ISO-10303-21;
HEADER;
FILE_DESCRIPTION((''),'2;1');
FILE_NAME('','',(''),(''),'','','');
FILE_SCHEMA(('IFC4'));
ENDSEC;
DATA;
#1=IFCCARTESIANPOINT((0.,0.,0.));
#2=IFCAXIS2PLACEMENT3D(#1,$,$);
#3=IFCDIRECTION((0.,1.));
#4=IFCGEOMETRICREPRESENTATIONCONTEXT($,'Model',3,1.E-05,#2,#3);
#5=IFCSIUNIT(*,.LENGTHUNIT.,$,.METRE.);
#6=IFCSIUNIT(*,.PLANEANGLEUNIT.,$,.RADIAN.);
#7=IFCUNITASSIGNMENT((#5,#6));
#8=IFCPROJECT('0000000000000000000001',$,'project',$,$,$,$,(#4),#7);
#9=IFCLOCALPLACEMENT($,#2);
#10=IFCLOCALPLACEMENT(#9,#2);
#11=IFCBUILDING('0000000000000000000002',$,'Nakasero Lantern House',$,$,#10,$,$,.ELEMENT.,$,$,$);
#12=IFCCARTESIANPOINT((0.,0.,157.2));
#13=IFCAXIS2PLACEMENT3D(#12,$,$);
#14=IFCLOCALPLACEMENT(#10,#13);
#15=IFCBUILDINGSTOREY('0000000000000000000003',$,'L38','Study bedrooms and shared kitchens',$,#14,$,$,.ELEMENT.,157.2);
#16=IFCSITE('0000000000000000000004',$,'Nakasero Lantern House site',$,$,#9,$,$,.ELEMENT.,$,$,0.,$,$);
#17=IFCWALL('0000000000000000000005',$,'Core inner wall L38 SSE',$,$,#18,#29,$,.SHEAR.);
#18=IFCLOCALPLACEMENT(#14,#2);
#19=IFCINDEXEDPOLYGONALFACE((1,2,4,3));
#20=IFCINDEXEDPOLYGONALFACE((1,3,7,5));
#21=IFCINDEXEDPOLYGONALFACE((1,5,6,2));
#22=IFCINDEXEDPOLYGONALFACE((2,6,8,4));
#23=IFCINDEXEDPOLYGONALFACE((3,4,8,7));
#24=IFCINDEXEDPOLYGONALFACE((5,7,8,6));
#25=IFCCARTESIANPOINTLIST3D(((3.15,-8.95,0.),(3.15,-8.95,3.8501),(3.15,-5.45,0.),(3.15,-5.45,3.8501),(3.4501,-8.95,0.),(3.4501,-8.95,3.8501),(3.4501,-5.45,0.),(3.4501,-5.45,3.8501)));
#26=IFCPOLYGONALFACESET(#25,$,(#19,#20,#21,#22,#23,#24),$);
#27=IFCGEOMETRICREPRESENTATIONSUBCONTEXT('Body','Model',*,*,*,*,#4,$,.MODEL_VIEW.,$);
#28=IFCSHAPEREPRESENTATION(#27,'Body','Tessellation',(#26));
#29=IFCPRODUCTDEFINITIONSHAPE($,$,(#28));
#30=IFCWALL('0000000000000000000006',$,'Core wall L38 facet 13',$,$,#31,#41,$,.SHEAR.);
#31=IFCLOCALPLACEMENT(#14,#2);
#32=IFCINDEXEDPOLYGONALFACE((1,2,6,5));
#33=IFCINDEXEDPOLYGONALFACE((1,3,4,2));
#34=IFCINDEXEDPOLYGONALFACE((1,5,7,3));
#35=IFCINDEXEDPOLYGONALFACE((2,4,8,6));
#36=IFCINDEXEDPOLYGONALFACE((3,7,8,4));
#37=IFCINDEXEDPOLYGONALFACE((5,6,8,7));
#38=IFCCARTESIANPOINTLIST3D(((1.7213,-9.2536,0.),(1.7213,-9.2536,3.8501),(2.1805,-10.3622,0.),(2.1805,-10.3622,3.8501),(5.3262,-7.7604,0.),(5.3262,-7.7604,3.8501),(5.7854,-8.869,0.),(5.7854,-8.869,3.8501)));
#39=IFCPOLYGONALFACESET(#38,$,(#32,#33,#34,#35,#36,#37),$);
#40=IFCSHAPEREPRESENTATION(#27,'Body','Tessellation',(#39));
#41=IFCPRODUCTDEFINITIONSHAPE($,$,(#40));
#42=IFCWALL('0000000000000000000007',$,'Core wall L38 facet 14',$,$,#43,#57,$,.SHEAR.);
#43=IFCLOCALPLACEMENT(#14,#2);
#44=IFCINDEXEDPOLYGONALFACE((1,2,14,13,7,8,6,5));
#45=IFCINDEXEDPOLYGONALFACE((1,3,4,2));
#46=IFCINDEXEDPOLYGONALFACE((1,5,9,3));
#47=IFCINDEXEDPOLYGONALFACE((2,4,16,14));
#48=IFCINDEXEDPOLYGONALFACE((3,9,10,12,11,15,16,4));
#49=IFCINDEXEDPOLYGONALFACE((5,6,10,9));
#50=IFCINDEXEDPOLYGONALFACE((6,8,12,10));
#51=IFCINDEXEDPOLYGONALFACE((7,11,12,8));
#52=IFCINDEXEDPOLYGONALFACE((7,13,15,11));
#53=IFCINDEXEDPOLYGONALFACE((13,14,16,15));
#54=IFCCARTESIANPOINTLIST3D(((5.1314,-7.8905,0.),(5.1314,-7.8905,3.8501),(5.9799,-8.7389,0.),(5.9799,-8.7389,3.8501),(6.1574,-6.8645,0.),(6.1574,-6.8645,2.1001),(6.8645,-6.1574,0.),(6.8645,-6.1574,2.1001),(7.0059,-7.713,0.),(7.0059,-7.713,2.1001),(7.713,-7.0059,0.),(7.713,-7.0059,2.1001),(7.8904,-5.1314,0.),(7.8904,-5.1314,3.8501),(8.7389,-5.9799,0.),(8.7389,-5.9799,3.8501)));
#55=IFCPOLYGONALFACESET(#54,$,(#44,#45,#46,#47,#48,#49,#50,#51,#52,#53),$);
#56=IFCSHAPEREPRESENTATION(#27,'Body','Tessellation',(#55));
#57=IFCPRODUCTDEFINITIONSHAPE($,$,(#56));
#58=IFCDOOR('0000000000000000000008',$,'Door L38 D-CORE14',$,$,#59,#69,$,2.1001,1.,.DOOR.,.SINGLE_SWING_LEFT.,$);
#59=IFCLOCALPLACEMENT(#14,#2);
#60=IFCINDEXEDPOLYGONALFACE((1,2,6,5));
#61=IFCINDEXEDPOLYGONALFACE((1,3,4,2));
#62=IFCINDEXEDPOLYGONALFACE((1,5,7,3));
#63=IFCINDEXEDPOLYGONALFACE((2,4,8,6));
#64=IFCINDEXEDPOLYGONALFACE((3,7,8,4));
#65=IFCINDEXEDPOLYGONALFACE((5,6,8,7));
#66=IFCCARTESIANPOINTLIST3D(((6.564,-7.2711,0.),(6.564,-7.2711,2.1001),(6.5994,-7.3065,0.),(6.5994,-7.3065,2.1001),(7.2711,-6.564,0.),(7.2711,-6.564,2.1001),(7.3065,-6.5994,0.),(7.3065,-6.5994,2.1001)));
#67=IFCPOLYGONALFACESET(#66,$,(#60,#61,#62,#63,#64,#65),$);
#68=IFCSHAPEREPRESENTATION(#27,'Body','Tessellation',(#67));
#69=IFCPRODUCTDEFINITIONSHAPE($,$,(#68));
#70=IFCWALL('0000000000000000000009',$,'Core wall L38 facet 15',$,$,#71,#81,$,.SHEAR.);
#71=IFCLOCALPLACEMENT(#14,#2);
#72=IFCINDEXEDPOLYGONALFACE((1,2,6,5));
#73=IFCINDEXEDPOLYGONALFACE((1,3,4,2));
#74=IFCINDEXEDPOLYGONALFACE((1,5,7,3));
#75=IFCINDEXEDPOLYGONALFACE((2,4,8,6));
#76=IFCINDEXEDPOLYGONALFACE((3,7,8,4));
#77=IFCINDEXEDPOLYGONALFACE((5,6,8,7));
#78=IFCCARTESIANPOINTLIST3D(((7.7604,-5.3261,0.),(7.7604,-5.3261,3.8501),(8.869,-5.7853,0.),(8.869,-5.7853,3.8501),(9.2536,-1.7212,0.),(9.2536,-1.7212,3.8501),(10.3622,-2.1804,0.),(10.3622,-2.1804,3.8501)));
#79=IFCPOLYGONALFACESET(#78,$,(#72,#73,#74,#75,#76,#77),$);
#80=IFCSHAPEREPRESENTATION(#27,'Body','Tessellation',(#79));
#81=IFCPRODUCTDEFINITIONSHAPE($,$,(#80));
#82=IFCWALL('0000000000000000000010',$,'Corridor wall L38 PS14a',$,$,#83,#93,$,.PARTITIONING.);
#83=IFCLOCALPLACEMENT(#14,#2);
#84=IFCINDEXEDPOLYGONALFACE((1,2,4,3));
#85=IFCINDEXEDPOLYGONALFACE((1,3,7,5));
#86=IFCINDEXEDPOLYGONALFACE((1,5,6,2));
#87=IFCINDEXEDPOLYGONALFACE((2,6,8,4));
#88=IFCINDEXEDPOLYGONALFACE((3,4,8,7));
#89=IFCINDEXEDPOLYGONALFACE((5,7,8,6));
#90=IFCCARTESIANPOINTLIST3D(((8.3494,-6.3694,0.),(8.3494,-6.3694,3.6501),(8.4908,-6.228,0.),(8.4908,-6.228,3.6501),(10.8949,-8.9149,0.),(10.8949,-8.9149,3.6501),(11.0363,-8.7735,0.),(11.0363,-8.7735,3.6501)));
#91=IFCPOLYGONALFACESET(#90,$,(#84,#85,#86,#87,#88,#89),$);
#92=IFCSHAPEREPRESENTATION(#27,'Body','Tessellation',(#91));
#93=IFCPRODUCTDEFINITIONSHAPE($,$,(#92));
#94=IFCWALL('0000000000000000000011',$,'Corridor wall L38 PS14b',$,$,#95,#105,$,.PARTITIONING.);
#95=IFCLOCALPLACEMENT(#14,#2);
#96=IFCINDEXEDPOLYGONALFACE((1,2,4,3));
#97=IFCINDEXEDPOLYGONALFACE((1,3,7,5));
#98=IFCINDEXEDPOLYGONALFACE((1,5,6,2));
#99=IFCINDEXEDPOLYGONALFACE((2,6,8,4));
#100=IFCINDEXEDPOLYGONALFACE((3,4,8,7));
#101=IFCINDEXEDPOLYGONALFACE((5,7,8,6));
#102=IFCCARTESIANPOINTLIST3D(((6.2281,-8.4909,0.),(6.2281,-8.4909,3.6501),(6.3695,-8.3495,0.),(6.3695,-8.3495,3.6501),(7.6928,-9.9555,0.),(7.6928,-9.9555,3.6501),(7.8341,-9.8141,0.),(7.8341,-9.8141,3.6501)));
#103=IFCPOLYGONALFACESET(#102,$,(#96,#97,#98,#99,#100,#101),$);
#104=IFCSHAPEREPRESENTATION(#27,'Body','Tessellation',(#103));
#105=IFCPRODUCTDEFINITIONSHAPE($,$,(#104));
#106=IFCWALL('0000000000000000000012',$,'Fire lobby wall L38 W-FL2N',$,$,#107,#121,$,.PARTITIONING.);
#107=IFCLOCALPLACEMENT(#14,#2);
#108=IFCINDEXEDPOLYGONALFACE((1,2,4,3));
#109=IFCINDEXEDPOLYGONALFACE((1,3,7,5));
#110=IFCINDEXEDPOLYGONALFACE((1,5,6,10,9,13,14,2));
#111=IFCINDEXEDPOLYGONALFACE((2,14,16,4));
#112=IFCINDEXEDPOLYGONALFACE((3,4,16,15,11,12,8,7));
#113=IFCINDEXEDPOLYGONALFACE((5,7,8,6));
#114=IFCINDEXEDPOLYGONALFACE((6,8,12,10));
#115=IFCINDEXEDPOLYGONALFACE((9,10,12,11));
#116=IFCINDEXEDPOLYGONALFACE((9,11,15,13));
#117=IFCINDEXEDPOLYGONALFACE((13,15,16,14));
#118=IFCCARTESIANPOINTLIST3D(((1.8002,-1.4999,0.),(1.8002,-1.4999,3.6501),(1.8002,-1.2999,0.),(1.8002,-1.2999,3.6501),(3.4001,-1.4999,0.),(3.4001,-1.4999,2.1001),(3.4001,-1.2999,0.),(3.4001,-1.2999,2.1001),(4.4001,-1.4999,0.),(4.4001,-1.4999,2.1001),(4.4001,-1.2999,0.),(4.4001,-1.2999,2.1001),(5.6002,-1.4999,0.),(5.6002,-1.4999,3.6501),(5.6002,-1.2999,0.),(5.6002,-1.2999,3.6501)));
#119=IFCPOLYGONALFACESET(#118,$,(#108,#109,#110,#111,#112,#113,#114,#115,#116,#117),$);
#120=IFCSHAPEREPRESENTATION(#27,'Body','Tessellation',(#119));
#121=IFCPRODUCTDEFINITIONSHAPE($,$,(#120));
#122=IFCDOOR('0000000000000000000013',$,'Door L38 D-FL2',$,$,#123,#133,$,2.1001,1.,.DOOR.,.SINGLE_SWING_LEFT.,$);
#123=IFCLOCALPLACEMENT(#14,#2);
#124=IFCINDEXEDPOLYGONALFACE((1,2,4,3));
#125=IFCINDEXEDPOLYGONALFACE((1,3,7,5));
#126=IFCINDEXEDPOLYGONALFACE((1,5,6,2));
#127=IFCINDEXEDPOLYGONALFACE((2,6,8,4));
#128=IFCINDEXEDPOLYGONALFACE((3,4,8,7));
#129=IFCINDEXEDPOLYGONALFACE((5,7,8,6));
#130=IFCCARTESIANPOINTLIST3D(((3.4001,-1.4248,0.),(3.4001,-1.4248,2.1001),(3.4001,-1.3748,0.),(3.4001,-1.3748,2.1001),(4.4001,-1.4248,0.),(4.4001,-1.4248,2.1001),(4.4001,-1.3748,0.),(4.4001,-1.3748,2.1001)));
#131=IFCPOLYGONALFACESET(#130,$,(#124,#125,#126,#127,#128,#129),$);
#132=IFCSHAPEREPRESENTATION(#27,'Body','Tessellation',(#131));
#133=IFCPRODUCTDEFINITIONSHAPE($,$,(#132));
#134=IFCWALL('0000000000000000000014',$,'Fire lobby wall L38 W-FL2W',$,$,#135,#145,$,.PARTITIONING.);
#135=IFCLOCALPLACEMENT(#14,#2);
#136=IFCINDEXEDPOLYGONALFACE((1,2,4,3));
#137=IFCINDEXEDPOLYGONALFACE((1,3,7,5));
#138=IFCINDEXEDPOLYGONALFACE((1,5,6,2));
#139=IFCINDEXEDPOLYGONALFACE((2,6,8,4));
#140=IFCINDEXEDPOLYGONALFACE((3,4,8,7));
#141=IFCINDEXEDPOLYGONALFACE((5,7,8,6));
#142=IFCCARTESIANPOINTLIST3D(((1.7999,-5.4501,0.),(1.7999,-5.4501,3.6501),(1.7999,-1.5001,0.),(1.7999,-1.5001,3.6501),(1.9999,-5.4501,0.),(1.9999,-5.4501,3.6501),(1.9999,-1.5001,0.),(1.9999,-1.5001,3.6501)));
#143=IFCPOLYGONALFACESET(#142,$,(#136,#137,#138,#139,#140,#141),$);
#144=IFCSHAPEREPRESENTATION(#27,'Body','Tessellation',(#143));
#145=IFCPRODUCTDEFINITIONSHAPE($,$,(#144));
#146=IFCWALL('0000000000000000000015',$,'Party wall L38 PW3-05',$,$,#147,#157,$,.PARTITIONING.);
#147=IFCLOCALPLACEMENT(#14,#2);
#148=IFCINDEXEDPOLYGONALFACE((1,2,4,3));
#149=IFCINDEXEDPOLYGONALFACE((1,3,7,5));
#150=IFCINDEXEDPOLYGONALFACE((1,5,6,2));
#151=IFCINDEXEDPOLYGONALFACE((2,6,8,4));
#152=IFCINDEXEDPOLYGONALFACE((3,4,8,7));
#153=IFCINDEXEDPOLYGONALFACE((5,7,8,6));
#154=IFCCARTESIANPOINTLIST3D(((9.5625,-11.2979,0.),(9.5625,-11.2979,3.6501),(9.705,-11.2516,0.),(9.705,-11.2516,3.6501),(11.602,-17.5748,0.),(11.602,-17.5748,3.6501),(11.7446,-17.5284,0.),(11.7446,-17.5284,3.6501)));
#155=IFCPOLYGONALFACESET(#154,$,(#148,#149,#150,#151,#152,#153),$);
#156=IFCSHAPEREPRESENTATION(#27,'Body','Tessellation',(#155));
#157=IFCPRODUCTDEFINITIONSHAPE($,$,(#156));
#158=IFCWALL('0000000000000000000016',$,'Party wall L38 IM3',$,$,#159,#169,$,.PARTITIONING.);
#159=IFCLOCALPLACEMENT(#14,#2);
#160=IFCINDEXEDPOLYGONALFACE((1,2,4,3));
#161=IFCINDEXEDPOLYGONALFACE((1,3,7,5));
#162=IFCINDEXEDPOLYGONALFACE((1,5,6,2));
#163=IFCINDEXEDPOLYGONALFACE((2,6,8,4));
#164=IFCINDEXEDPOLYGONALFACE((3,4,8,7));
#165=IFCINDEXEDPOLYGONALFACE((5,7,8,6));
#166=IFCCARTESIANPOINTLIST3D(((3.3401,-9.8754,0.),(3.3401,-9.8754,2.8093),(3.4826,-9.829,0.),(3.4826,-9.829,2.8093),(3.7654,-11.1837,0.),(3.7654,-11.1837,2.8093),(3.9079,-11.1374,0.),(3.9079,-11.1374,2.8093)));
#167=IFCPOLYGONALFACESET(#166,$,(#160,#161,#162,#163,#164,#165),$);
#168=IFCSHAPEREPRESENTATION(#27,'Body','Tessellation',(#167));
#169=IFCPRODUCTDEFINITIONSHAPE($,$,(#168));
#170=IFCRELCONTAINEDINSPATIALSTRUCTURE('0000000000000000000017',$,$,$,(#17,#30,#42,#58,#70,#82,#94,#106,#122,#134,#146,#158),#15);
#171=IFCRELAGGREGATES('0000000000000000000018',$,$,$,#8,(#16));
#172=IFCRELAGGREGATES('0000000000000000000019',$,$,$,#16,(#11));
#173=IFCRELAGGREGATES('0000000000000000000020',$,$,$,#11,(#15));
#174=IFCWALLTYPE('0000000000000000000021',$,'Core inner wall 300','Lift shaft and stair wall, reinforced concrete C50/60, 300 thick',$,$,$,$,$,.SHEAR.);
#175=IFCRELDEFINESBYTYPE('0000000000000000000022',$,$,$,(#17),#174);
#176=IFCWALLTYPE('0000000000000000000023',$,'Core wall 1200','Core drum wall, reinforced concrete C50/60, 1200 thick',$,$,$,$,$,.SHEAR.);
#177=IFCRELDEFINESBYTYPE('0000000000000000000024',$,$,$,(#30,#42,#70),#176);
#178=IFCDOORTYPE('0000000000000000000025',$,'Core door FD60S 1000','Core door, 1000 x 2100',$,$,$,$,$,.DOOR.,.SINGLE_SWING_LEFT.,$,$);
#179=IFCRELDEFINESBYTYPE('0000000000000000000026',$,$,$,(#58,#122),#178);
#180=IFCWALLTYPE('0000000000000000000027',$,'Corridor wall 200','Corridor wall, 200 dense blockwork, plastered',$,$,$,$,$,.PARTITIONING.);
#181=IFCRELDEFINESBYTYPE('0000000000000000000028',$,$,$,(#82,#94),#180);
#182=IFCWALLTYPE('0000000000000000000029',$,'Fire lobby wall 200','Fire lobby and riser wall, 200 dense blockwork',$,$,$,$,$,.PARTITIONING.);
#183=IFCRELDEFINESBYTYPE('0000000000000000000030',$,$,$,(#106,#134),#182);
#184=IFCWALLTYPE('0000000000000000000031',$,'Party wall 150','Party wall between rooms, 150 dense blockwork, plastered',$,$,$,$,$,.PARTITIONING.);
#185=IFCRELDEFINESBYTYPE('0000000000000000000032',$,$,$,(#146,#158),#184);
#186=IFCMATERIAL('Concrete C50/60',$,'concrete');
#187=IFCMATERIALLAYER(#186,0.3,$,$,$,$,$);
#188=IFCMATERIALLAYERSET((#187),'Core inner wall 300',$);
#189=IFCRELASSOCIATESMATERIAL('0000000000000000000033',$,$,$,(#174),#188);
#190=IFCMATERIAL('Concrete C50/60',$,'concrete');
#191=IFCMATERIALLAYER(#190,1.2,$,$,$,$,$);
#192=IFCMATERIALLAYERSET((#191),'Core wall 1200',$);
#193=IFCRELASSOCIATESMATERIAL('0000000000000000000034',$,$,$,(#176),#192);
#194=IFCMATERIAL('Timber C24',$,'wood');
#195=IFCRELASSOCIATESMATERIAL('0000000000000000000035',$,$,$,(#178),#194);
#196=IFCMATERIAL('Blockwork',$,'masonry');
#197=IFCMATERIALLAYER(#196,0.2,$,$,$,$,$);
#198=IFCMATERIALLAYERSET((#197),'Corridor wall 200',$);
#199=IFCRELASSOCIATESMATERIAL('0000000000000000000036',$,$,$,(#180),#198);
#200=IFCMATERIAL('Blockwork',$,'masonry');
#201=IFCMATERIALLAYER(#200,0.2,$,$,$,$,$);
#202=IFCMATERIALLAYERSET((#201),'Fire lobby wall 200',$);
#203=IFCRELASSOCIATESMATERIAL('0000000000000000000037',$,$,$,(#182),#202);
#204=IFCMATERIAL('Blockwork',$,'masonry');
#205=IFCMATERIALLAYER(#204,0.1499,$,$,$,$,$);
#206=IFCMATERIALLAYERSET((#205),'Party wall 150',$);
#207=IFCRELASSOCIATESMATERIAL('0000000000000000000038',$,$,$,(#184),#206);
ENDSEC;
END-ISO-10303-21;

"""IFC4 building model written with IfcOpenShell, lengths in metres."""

from ifc_helpers import new_model, si_unit, direction, frame, frame_2d, origin, place, context, subcontext, project, spatial, rectangle, extrude, material, layer, layer_set, type_object, element, fill, save


model = new_model("IFC4")

# Units and contexts
model_context = context("Model", 3, precision=1e-05, world=origin(), true_north=direction((0.0, 1.0)))
body_context = subcontext(model_context, "Body", "Model", "MODEL_VIEW")
ifc_project = project(units=[si_unit("LENGTHUNIT", "METRE"), si_unit("PLANEANGLEUNIT", "RADIAN")], contexts=[model_context])

# Site, building, storey
site_placement = place(None, origin())
site = spatial("IfcSite", under=ifc_project, at=site_placement, Name="Nakasero Lantern House site", CompositionType="ELEMENT", RefElevation=0.0)
building_placement = place(site_placement, origin())
building = spatial("IfcBuilding", under=site, at=building_placement, Name="Nakasero Lantern House", CompositionType="ELEMENT")
storey_placement = place(building_placement, frame((0.0, 0.0, 157.2)))
storey = spatial("IfcBuildingStorey", under=building, at=storey_placement, Name="L38", Description="Study bedrooms and shared kitchens", CompositionType="ELEMENT", Elevation=157.2)

# Shared definitions
ifc_material_1 = material(Name="Concrete C50/60", Category="concrete")
ifc_layer_1 = layer(ifc_material_1, 0.3)
ifc_layer_set_1 = layer_set([ifc_layer_1], Name="Core inner wall 300")
wall_type_1 = type_object("IfcWallType", Name="Core inner wall 300", Description="Lift shaft and stair wall, reinforced concrete C50/60, 300 thick", PredefinedType="SHEAR", material=ifc_layer_set_1)

# Walls
wall_1_placement = place(storey_placement, frame((3.3, -5.45, 0.0), z_axis=(0.0, 0.0, 1.0), x_axis=(0.0, -1.0, 0.0)))
element("IfcWall", 1, at=wall_1_placement, inside=storey, type_object=wall_type_1, Name="Core inner wall L38 SSE", PredefinedType="SHEAR", context=body_context, shape_type="SweptSolid", body=[
    extrude(rectangle(XDim=3.5, YDim=0.3, at=frame_2d((1.75, 0.0))), origin(), (0.0, 0.0, 1.0), 3.8501),
])
ifc_material_2 = material(Name="Concrete C50/60", Category="concrete")
ifc_layer_2 = layer(ifc_material_2, 1.2)
ifc_layer_set_2 = layer_set([ifc_layer_2], Name="Core wall 1200")
wall_type_2 = type_object("IfcWallType", Name="Core wall 1200", Description="Core drum wall, reinforced concrete C50/60, 1200 thick", PredefinedType="SHEAR", material=ifc_layer_set_2)
wall_2_placement = place(storey_placement, frame((1.9509, -9.8079, 0.0), z_axis=(0.0, 0.0, 1.0), x_axis=(0.923877, 0.382691, 0.0)))
element("IfcWall", 2, at=wall_2_placement, inside=storey, type_object=wall_type_2, Name="Core wall L38 facet 13", PredefinedType="SHEAR", context=body_context, shape_type="SweptSolid", body=[
    extrude(rectangle(XDim=3.9019, YDim=1.2, at=frame_2d((1.9509, 0.0))), origin(), (0.0, 0.0, 1.0), 3.8501),
])

# Wall, opening, door
wall_3_placement = place(storey_placement, frame((5.5557, -8.3147, 0.0), z_axis=(0.0, 0.0, 1.0), x_axis=(0.707107, 0.707107, 0.0)))
wall_3 = element("IfcWall", 3, at=wall_3_placement, inside=storey, type_object=wall_type_2, Name="Core wall L38 facet 14", PredefinedType="SHEAR", context=body_context, shape_type="SweptSolid", body=[
    extrude(rectangle(XDim=3.9019, YDim=1.2, at=frame_2d((1.9509, 0.0))), origin(), (0.0, 0.0, 1.0), 3.8501),
])
opening_1_placement = place(wall_3_placement, frame((1.4509, 0.0, 0.0)))
opening_1 = element("IfcOpeningElement", 4, at=opening_1_placement, cuts=wall_3, PredefinedType="OPENING", context=body_context, shape_type="SweptSolid", body=[
    extrude(rectangle(XDim=1.0, YDim=2.1001, at=frame_2d((0.5, 1.05))), frame((0.0, 0.6199, 0.0), z_axis=(0.0, -1.0, 0.0), x_axis=(1.0, 0.0, 0.0)), (0.0, 0.0, 1.0), 1.24),
])
ifc_material_3 = material(Name="Timber C24", Category="wood")
door_type_1 = type_object("IfcDoorType", Name="Core door FD60S 1000", Description="Core door, 1000 x 2100", OperationType="SINGLE_SWING_LEFT", PredefinedType="DOOR", material=ifc_material_3)
door_1_placement = place(opening_1_placement, origin())
door_1 = element("IfcDoor", 5, at=door_1_placement, inside=storey, type_object=door_type_1, Name="Door L38 D-CORE14", OperationType="SINGLE_SWING_LEFT", OverallHeight=2.1001, OverallWidth=1.0, PredefinedType="DOOR", context=body_context, shape_type="SweptSolid", body=[
    extrude(rectangle(XDim=1.0, YDim=2.1001, at=frame_2d((0.5, 1.05))), frame((0.0, 0.0249, 0.0), z_axis=(0.0, -1.0, 0.0), x_axis=(1.0, 0.0, 0.0)), (0.0, 0.0, 1.0), 0.05),
])
fill(opening_1, door_1)

# Walls
wall_4_placement = place(storey_placement, frame((8.3147, -5.5557, 0.0), z_axis=(0.0, 0.0, 1.0), x_axis=(0.382691, 0.923877, 0.0)))
element("IfcWall", 6, at=wall_4_placement, inside=storey, type_object=wall_type_2, Name="Core wall L38 facet 15", PredefinedType="SHEAR", context=body_context, shape_type="SweptSolid", body=[
    extrude(rectangle(XDim=3.9019, YDim=1.2, at=frame_2d((1.9509, 0.0))), origin(), (0.0, 0.0, 1.0), 3.8501),
])
ifc_material_4 = material(Name="Blockwork", Category="masonry")
ifc_layer_3 = layer(ifc_material_4, 0.2)
ifc_layer_set_3 = layer_set([ifc_layer_3], Name="Corridor wall 200")
wall_type_3 = type_object("IfcWallType", Name="Corridor wall 200", Description="Corridor wall, 200 dense blockwork, plastered", PredefinedType="PARTITIONING", material=ifc_layer_set_3)
wall_5_placement = place(storey_placement, frame((8.4202, -6.2988, 0.0), z_axis=(0.0, 0.0, 1.0), x_axis=(0.707107, -0.707107, 0.0)))
element("IfcWall", 7, at=wall_5_placement, inside=storey, type_object=wall_type_3, Name="Corridor wall L38 PS14a", PredefinedType="PARTITIONING", context=body_context, shape_type="SweptSolid", body=[
    extrude(rectangle(XDim=3.5999, YDim=0.2, at=frame_2d((1.7998, 0.0))), origin(), (0.0, 0.0, 1.0), 3.6501),
])
wall_6_placement = place(storey_placement, frame((6.2988, -8.4202, 0.0), z_axis=(0.0, 0.0, 1.0), x_axis=(0.707107, -0.707107, 0.0)))
element("IfcWall", 8, at=wall_6_placement, inside=storey, type_object=wall_type_3, Name="Corridor wall L38 PS14b", PredefinedType="PARTITIONING", context=body_context, shape_type="SweptSolid", body=[
    extrude(rectangle(XDim=2.0713, YDim=0.2, at=frame_2d((1.0356, 0.0))), origin(), (0.0, 0.0, 1.0), 3.6501),
])

# Wall, opening, door
ifc_material_5 = material(Name="Blockwork", Category="masonry")
ifc_layer_4 = layer(ifc_material_5, 0.2)
ifc_layer_set_4 = layer_set([ifc_layer_4], Name="Fire lobby wall 200")
wall_type_4 = type_object("IfcWallType", Name="Fire lobby wall 200", Description="Fire lobby and riser wall, 200 dense blockwork", PredefinedType="PARTITIONING", material=ifc_layer_set_4)
wall_7_placement = place(storey_placement, frame((5.6001, -1.3999, 0.0), z_axis=(0.0, 0.0, 1.0), x_axis=(-1.0, 0.0, 0.0)))
wall_7 = element("IfcWall", 9, at=wall_7_placement, inside=storey, type_object=wall_type_4, Name="Fire lobby wall L38 W-FL2N", PredefinedType="PARTITIONING", context=body_context, shape_type="SweptSolid", body=[
    extrude(rectangle(XDim=3.8, YDim=0.2, at=frame_2d((1.8999, 0.0))), origin(), (0.0, 0.0, 1.0), 3.6501),
])
opening_2_placement = place(wall_7_placement, frame((1.2, 0.0, 0.0)))
opening_2 = element("IfcOpeningElement", 10, at=opening_2_placement, cuts=wall_7, PredefinedType="OPENING", context=body_context, shape_type="SweptSolid", body=[
    extrude(rectangle(XDim=1.0, YDim=2.1001, at=frame_2d((0.5, 1.05))), frame((0.0, 0.1199, 0.0), z_axis=(0.0, -1.0, 0.0), x_axis=(1.0, 0.0, 0.0)), (0.0, 0.0, 1.0), 0.24),
])
door_2_placement = place(opening_2_placement, origin())
door_2 = element("IfcDoor", 11, at=door_2_placement, inside=storey, type_object=door_type_1, Name="Door L38 D-FL2", OperationType="SINGLE_SWING_LEFT", OverallHeight=2.1001, OverallWidth=1.0, PredefinedType="DOOR", context=body_context, shape_type="SweptSolid", body=[
    extrude(rectangle(XDim=1.0, YDim=2.1001, at=frame_2d((0.5, 1.05))), frame((0.0, 0.0249, 0.0), z_axis=(0.0, -1.0, 0.0), x_axis=(1.0, 0.0, 0.0)), (0.0, 0.0, 1.0), 0.05),
])
fill(opening_2, door_2)

# Walls
wall_8_placement = place(storey_placement, frame((1.8999, -1.5, 0.0), z_axis=(0.0, 0.0, 1.0), x_axis=(0.0, -1.0, 0.0)))
element("IfcWall", 12, at=wall_8_placement, inside=storey, type_object=wall_type_4, Name="Fire lobby wall L38 W-FL2W", PredefinedType="PARTITIONING", context=body_context, shape_type="SweptSolid", body=[
    extrude(rectangle(XDim=3.95, YDim=0.2, at=frame_2d((1.9751, 0.0))), origin(), (0.0, 0.0, 1.0), 3.6501),
])
ifc_material_6 = material(Name="Blockwork", Category="masonry")
ifc_layer_5 = layer(ifc_material_6, 0.1499)
ifc_layer_set_5 = layer_set([ifc_layer_5], Name="Party wall 150")
wall_type_5 = type_object("IfcWallType", Name="Party wall 150", Description="Party wall between rooms, 150 dense blockwork, plastered", PredefinedType="PARTITIONING", material=ifc_layer_set_5)
wall_9_placement = place(storey_placement, frame((9.6338, -11.2749, 0.0), z_axis=(0.0, 0.0, 1.0), x_axis=(0.309028, -0.951053, 0.0)))
element("IfcWall", 13, at=wall_9_placement, inside=storey, type_object=wall_type_5, Name="Party wall L38 PW3-05", PredefinedType="PARTITIONING", context=body_context, shape_type="SweptSolid", body=[
    extrude(rectangle(XDim=6.5999, YDim=0.1499, at=frame_2d((3.2998, 0.0))), origin(), (0.0, 0.0, 1.0), 3.6501),
])
wall_10_placement = place(storey_placement, frame((3.8367, -11.1606, 0.0), z_axis=(0.0, 0.0, 1.0), x_axis=(-0.309138, 0.951017, 0.0)))
element("IfcWall", 14, at=wall_10_placement, inside=storey, type_object=wall_type_5, Name="Party wall L38 IM3", PredefinedType="PARTITIONING", context=body_context, shape_type="SweptSolid", body=[
    extrude(rectangle(XDim=1.3757, YDim=0.1499, at=frame_2d((0.688, 0.0))), origin(), (0.0, 0.0, 1.0), 2.8093),
])

save(model, "model.ifc")
